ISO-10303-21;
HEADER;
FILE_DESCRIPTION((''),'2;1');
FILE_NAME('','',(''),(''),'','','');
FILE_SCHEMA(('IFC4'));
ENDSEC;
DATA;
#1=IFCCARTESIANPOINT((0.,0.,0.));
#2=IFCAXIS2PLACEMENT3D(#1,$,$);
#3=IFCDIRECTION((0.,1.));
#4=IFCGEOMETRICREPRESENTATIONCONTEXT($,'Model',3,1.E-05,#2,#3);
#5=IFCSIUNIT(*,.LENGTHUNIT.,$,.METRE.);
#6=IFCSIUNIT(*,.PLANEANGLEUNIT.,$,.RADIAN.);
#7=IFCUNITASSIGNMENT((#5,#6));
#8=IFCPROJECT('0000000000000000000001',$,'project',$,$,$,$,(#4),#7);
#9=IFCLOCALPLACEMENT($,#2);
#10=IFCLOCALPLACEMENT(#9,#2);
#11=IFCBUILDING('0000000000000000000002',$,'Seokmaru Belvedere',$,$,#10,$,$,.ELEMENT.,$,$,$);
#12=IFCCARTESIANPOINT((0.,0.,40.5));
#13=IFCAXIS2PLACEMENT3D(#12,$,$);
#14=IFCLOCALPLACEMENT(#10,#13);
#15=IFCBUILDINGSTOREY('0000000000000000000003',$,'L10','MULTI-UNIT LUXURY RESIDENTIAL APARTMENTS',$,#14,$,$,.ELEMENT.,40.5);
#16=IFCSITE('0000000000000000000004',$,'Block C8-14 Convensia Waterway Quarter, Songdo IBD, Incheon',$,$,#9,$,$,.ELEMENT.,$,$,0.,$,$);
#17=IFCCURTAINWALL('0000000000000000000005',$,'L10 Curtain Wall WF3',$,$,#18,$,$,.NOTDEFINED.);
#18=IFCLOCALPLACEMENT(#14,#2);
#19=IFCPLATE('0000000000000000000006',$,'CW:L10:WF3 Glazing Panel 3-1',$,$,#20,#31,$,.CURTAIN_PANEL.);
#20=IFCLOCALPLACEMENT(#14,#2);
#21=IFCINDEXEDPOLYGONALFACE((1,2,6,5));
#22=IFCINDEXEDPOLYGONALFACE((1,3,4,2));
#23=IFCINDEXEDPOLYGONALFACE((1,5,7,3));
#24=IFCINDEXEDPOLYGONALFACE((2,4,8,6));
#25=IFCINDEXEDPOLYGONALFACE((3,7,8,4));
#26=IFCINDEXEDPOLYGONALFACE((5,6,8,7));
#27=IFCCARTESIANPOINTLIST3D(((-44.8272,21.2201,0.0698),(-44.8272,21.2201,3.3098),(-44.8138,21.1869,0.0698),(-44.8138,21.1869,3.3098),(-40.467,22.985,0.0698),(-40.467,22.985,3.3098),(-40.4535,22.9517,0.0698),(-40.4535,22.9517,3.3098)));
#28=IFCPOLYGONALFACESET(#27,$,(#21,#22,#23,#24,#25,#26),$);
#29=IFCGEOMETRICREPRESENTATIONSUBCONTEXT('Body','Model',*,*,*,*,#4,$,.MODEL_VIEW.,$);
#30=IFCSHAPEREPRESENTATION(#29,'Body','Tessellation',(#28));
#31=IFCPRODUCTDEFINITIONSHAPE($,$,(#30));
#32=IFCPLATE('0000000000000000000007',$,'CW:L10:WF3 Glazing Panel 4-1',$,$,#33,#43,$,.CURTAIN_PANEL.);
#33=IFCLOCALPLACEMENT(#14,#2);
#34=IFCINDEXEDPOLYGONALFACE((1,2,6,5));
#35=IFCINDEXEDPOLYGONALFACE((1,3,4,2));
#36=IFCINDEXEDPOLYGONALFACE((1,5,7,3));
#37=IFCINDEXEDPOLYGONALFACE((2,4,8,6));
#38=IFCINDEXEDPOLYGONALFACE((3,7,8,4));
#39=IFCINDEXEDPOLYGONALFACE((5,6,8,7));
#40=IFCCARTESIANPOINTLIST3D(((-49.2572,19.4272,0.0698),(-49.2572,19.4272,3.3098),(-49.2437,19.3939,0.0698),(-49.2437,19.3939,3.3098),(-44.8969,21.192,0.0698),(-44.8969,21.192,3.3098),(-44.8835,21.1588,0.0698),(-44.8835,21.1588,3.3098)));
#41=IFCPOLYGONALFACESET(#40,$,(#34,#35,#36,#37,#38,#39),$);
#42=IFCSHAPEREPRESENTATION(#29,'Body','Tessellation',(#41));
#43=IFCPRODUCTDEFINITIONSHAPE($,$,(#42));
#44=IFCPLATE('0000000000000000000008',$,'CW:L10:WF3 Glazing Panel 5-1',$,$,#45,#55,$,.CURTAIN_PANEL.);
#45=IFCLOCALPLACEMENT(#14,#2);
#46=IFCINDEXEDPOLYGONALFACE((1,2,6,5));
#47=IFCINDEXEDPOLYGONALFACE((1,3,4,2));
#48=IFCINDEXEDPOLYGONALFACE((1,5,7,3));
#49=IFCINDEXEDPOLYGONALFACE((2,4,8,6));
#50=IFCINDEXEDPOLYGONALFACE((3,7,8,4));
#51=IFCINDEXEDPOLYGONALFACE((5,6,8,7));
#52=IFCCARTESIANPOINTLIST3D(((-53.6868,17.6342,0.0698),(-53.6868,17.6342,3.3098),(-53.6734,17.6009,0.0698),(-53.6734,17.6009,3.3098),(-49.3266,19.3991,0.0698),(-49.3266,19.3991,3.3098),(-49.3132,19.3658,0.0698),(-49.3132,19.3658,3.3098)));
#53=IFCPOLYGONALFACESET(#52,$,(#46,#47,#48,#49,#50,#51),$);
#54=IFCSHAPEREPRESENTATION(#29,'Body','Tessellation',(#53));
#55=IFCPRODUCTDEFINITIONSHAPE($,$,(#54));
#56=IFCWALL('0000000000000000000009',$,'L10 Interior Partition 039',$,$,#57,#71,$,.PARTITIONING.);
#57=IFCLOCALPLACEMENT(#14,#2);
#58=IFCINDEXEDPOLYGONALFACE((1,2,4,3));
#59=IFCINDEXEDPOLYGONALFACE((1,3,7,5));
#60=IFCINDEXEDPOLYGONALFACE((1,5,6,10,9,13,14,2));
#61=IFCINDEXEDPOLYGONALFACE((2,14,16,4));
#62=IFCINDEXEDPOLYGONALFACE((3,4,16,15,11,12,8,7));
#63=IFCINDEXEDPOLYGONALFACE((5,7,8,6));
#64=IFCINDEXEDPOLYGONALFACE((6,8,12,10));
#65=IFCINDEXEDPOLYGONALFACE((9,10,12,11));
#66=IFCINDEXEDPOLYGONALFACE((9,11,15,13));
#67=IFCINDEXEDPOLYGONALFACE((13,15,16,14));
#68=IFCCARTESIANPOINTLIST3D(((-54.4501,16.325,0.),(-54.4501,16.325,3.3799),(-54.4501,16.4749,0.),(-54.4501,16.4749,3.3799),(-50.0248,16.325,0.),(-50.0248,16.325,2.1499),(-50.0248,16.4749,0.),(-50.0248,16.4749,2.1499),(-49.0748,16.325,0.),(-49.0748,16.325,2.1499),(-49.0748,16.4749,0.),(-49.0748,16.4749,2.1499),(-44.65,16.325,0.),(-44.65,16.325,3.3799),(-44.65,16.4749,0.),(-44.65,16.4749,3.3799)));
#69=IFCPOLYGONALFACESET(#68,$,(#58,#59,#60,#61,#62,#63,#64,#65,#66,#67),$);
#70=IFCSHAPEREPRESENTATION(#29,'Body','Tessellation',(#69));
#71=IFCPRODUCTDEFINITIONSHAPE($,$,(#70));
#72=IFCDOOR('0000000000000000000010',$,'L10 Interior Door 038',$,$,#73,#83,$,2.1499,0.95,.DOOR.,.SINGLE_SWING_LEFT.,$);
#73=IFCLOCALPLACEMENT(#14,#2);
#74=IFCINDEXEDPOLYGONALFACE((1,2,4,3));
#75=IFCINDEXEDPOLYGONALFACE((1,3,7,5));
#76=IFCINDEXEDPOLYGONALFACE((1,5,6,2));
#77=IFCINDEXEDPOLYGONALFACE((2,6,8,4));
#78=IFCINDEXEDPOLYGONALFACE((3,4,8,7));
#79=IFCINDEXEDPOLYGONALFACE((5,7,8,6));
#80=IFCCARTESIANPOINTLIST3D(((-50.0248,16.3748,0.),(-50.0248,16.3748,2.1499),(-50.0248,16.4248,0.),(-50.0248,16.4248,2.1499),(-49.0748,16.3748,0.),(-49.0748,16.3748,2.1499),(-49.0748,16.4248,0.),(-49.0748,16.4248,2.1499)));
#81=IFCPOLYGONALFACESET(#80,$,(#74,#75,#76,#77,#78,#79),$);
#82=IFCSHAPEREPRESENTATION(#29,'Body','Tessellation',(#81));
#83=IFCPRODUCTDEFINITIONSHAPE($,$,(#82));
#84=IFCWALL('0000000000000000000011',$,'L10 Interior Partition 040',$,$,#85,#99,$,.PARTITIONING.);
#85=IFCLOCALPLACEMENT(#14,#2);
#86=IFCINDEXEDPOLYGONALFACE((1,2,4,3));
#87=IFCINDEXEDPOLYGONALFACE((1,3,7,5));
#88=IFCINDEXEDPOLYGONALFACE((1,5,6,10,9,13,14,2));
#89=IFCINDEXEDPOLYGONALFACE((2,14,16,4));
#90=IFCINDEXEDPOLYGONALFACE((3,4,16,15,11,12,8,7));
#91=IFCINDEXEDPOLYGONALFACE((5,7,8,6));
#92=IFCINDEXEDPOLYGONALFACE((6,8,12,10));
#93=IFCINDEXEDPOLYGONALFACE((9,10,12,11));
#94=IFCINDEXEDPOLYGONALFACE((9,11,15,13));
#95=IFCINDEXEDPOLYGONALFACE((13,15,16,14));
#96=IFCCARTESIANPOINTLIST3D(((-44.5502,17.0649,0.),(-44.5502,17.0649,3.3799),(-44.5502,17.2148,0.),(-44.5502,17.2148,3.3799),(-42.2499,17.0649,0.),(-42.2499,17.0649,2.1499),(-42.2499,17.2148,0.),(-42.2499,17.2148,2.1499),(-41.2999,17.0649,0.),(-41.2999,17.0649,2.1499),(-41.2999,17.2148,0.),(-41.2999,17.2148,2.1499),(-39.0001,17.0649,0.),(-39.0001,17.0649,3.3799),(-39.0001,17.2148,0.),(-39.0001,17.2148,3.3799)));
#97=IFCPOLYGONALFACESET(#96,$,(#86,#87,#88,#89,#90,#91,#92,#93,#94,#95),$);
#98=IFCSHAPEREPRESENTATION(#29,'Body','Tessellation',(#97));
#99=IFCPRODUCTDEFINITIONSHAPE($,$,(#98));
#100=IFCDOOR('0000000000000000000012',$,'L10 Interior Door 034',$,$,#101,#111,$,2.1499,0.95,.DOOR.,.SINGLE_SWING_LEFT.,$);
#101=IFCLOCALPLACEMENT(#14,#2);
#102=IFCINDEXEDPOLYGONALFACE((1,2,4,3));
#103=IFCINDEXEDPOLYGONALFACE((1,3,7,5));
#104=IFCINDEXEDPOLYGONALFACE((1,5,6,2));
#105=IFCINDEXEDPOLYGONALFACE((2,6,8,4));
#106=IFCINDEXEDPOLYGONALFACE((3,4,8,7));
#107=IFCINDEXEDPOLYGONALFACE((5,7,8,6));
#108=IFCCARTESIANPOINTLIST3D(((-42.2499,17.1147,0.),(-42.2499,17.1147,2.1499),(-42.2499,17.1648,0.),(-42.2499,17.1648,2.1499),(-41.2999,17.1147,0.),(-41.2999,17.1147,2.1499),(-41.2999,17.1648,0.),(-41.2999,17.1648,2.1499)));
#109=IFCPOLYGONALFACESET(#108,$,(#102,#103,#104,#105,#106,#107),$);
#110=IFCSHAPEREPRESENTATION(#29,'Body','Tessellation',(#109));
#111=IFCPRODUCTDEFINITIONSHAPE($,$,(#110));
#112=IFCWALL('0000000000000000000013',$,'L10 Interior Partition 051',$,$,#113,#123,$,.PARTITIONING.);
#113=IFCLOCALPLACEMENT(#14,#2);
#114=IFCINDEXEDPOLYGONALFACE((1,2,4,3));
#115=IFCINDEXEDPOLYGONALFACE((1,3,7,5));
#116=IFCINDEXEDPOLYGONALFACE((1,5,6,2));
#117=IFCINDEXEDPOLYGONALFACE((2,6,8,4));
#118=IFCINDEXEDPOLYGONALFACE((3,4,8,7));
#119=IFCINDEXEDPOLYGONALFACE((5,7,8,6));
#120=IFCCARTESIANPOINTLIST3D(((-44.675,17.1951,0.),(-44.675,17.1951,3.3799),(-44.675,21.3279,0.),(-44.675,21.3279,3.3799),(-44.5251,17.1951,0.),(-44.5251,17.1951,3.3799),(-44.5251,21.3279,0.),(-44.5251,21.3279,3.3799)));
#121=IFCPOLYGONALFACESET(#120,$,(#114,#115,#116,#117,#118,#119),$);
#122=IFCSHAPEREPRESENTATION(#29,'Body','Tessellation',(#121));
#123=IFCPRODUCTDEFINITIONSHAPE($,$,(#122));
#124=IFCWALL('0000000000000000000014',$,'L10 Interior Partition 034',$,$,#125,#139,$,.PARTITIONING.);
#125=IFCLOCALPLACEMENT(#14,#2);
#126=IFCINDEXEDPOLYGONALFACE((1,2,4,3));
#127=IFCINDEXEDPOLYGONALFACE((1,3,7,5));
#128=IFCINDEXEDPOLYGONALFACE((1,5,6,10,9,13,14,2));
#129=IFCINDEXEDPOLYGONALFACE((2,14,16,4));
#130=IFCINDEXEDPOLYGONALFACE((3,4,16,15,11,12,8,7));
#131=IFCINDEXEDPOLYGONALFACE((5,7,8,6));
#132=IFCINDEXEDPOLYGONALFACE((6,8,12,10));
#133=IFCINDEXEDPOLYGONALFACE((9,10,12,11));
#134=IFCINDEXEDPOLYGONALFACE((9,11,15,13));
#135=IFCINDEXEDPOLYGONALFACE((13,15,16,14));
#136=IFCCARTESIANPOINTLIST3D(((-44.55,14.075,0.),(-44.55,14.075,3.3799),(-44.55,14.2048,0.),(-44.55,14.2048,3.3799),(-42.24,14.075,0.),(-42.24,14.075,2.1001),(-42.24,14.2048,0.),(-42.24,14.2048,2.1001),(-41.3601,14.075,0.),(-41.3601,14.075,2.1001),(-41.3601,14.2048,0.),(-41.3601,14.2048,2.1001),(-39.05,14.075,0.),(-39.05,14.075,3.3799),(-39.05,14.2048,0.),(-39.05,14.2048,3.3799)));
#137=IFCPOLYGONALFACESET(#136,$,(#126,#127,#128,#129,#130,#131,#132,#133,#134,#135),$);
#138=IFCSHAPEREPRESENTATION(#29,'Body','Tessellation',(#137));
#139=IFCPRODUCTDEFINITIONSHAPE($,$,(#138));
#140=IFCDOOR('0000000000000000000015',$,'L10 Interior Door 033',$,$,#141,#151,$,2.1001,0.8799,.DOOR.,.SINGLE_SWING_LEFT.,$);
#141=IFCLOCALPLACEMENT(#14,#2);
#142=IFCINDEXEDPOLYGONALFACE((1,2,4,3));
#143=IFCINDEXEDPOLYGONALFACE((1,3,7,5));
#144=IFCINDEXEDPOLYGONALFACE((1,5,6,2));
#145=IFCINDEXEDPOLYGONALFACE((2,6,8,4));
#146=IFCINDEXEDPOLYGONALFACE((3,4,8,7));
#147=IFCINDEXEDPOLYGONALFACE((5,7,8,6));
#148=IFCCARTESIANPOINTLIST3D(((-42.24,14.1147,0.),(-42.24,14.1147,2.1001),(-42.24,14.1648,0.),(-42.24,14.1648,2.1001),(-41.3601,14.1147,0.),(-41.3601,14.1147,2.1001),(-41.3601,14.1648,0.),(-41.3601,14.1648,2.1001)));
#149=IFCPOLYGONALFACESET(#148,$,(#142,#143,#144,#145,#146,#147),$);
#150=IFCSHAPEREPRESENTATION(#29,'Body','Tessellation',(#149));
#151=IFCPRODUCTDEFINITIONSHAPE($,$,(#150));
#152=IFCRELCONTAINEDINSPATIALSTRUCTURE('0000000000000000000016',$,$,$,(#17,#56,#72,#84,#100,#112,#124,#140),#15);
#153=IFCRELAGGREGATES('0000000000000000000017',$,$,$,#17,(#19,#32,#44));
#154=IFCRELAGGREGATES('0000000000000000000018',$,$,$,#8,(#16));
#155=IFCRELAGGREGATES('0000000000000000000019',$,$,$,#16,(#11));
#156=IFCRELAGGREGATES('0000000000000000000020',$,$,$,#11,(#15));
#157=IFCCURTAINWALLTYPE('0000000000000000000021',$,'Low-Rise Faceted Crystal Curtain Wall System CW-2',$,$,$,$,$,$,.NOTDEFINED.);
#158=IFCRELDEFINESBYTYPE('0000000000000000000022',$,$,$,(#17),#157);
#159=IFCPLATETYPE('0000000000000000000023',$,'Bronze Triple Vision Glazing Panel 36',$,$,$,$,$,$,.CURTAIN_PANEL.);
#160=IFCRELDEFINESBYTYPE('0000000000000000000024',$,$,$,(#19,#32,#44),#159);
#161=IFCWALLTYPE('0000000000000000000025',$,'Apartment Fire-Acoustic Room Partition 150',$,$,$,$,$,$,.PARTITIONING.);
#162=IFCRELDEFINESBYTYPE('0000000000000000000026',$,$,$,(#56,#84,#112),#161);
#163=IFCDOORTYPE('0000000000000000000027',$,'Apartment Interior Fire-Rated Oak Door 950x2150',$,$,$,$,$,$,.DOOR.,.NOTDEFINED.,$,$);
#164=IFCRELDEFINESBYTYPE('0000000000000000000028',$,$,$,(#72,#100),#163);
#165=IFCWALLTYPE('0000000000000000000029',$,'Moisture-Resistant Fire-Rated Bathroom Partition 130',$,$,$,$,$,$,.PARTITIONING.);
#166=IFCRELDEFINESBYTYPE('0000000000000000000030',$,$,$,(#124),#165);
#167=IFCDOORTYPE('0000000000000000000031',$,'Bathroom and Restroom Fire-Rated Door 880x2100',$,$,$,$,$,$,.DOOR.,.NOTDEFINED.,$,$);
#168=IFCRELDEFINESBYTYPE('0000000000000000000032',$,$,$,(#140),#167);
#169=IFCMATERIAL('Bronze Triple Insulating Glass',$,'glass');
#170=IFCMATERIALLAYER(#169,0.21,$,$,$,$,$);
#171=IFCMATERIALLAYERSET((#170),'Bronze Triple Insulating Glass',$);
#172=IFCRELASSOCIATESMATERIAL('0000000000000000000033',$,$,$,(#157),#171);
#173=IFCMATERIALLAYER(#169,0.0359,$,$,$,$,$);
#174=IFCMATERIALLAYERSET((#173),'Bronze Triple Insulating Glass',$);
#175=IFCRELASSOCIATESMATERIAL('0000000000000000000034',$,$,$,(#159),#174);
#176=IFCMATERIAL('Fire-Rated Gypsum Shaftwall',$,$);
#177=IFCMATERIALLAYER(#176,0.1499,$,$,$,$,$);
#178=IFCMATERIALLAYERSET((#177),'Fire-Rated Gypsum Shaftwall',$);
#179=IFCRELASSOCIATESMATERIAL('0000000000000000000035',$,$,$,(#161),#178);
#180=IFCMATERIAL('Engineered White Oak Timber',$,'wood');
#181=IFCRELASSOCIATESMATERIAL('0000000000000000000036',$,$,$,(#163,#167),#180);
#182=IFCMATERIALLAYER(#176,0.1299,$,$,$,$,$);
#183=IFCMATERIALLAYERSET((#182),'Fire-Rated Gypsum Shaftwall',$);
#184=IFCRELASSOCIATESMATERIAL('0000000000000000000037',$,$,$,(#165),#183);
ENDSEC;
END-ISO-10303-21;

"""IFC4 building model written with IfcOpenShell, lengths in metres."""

from ifc_helpers import new_model, si_unit, direction, frame, frame_2d, origin, origin_2d, place, context, subcontext, project, spatial, rectangle, extrude, source, transform, mapped, material, layer, layer_set, type_object, type_shapes, element, fill, aggregate, save


model = new_model("IFC4")

# Units and contexts
model_context = context("Model", 3, precision=1e-05, world=origin(), true_north=direction((0.0, 1.0)))
body_context = subcontext(model_context, "Body", "Model", "MODEL_VIEW")
ifc_project = project(units=[si_unit("LENGTHUNIT", "METRE"), si_unit("PLANEANGLEUNIT", "RADIAN")], contexts=[model_context])

# Site, building, storey
site_placement = place(None, origin())
site = spatial("IfcSite", under=ifc_project, at=site_placement, Name="Block C8-14 Convensia Waterway Quarter, Songdo IBD, Incheon", CompositionType="ELEMENT", RefElevation=0.0)
building_placement = place(site_placement, origin())
building = spatial("IfcBuilding", under=site, at=building_placement, Name="Seokmaru Belvedere", CompositionType="ELEMENT")
storey_placement = place(building_placement, frame((0.0, 0.0, 40.5)))
storey = spatial("IfcBuildingStorey", under=building, at=storey_placement, Name="L10", Description="MULTI-UNIT LUXURY RESIDENTIAL APARTMENTS", CompositionType="ELEMENT", Elevation=40.5)

# Curtain wall, plates
ifc_material_1 = material(Name="Bronze Triple Insulating Glass", Category="glass")
ifc_layer_1 = layer(ifc_material_1, 0.21)
ifc_layer_set_1 = layer_set([ifc_layer_1], Name="Bronze Triple Insulating Glass")
curtain_wall_type = type_object("IfcCurtainWallType", Name="Low-Rise Faceted Crystal Curtain Wall System CW-2", PredefinedType="NOTDEFINED", material=ifc_layer_set_1)
curtain_wall_placement = place(storey_placement, origin())
curtain_wall = element("IfcCurtainWall", 1, at=curtain_wall_placement, inside=storey, type_object=curtain_wall_type, Name="L10 Curtain Wall WF3", PredefinedType="NOTDEFINED")
ifc_layer_2 = layer(ifc_material_1, 0.0359)
ifc_layer_set_2 = layer_set([ifc_layer_2], Name="Bronze Triple Insulating Glass")
plate_type = type_object("IfcPlateType", Name="Bronze Triple Vision Glazing Panel 36", PredefinedType="CURTAIN_PANEL", material=ifc_layer_set_2)
shared_shape_1 = source(origin(), body_context, "Body", "SweptSolid", [
    extrude(rectangle(XDim=4.7039, YDim=0.0359, at=origin_2d()), origin(), (0.0, 0.0, 1.0), 3.24),
])
type_shapes(plate_type, [shared_shape_1])
plate_1_placement = place(storey_placement, frame((-42.6404, 22.0859, 0.0698), z_axis=(0.0, 0.0, 1.0), x_axis=(-0.926947, -0.375192, 0.0)))
plate_1 = element("IfcPlate", 2, at=plate_1_placement, type_object=plate_type, Name="CW:L10:WF3 Glazing Panel 3-1", PredefinedType="CURTAIN_PANEL", context=body_context, shape_type="MappedRepresentation", body=[
    mapped(shared_shape_1, transform((0.0, 0.0, 0.0), scale=1.0)),
])
plate_2_placement = place(storey_placement, frame((-47.0703, 20.293, 0.0698), z_axis=(0.0, 0.0, 1.0), x_axis=(-0.926947, -0.375192, 0.0)))
plate_2 = element("IfcPlate", 3, at=plate_2_placement, type_object=plate_type, Name="CW:L10:WF3 Glazing Panel 4-1", PredefinedType="CURTAIN_PANEL", context=body_context, shape_type="MappedRepresentation", body=[
    mapped(shared_shape_1, transform((0.0, 0.0, 0.0), scale=1.0)),
])
plate_3_placement = place(storey_placement, frame((-51.5, 18.5, 0.0698), z_axis=(0.0, 0.0, 1.0), x_axis=(-0.926947, -0.375192, 0.0)))
plate_3 = element("IfcPlate", 4, at=plate_3_placement, type_object=plate_type, Name="CW:L10:WF3 Glazing Panel 5-1", PredefinedType="CURTAIN_PANEL", context=body_context, shape_type="MappedRepresentation", body=[
    mapped(shared_shape_1, transform((0.0, 0.0, 0.0), scale=1.0)),
])
aggregate(curtain_wall, [plate_1, plate_2, plate_3])

# Walls, openings, doors
ifc_material_2 = material(Name="Fire-Rated Gypsum Shaftwall")
ifc_layer_3 = layer(ifc_material_2, 0.1499)
ifc_layer_set_3 = layer_set([ifc_layer_3], Name="Fire-Rated Gypsum Shaftwall")
wall_type_1 = type_object("IfcWallType", Name="Apartment Fire-Acoustic Room Partition 150", PredefinedType="PARTITIONING", material=ifc_layer_set_3)
wall_1_placement = place(storey_placement, frame((-54.45, 16.3999, 0.0), z_axis=(0.0, 0.0, 1.0), x_axis=(1.0, 0.0, 0.0)))
wall_1 = element("IfcWall", 5, at=wall_1_placement, inside=storey, type_object=wall_type_1, Name="L10 Interior Partition 039", PredefinedType="PARTITIONING", context=body_context, shape_type="SweptSolid", body=[
    extrude(rectangle(XDim=9.8, YDim=0.1499, at=frame_2d((4.8999, 0.0))), origin(), (0.0, 0.0, 1.0), 3.3799),
])
opening_1_placement = place(wall_1_placement, frame((4.425, 0.0, 0.0)))
opening_1 = element("IfcOpeningElement", 6, at=opening_1_placement, cuts=wall_1, PredefinedType="OPENING", context=body_context, shape_type="SweptSolid", body=[
    extrude(rectangle(XDim=0.95, YDim=2.1499, at=frame_2d((0.4751, 1.075))), frame((0.0, 0.085, 0.0), z_axis=(0.0, -1.0, 0.0), x_axis=(1.0, 0.0, 0.0)), (0.0, 0.0, 1.0), 0.1699),
])
ifc_material_3 = material(Name="Engineered White Oak Timber", Category="wood")
door_type_1 = type_object("IfcDoorType", Name="Apartment Interior Fire-Rated Oak Door 950x2150", OperationType="NOTDEFINED", PredefinedType="DOOR", material=ifc_material_3)
shared_shape_2 = source(origin(), body_context, "Body", "SweptSolid", [
    extrude(rectangle(XDim=0.95, YDim=2.1499, at=frame_2d((0.4751, 1.075))), frame((0.0, 0.0249, 0.0), z_axis=(0.0, -1.0, 0.0), x_axis=(1.0, 0.0, 0.0)), (0.0, 0.0, 1.0), 0.05),
])
type_shapes(door_type_1, [shared_shape_2])
door_1_placement = place(opening_1_placement, origin())
door_1 = element("IfcDoor", 7, at=door_1_placement, inside=storey, type_object=door_type_1, Name="L10 Interior Door 038", OperationType="SINGLE_SWING_LEFT", OverallHeight=2.1499, OverallWidth=0.95, PredefinedType="DOOR", context=body_context, shape_type="MappedRepresentation", body=[
    mapped(shared_shape_2, transform((0.0, 0.0, 0.0), scale=1.0)),
])
fill(opening_1, door_1)
wall_2_placement = place(storey_placement, frame((-44.55, 17.1399, 0.0), z_axis=(0.0, 0.0, 1.0), x_axis=(1.0, 0.0, 0.0)))
wall_2 = element("IfcWall", 8, at=wall_2_placement, inside=storey, type_object=wall_type_1, Name="L10 Interior Partition 040", PredefinedType="PARTITIONING", context=body_context, shape_type="SweptSolid", body=[
    extrude(rectangle(XDim=5.55, YDim=0.1499, at=frame_2d((2.7749, 0.0))), origin(), (0.0, 0.0, 1.0), 3.3799),
])
opening_2_placement = place(wall_2_placement, frame((2.3, 0.0, 0.0)))
opening_2 = element("IfcOpeningElement", 9, at=opening_2_placement, cuts=wall_2, PredefinedType="OPENING", context=body_context, shape_type="SweptSolid", body=[
    extrude(rectangle(XDim=0.95, YDim=2.1499, at=frame_2d((0.4751, 1.075))), frame((0.0, 0.085, 0.0), z_axis=(0.0, -1.0, 0.0), x_axis=(1.0, 0.0, 0.0)), (0.0, 0.0, 1.0), 0.1699),
])
door_2_placement = place(opening_2_placement, origin())
door_2 = element("IfcDoor", 10, at=door_2_placement, inside=storey, type_object=door_type_1, Name="L10 Interior Door 034", OperationType="SINGLE_SWING_LEFT", OverallHeight=2.1499, OverallWidth=0.95, PredefinedType="DOOR", context=body_context, shape_type="MappedRepresentation", body=[
    mapped(shared_shape_2, transform((0.0, 0.0, 0.0), scale=1.0)),
])
fill(opening_2, door_2)

# Wall
wall_3_placement = place(storey_placement, frame((-44.6001, 17.1951, 0.0), z_axis=(0.0, 0.0, 1.0), x_axis=(0.0, 1.0, 0.0)))
element("IfcWall", 11, at=wall_3_placement, inside=storey, type_object=wall_type_1, Name="L10 Interior Partition 051", PredefinedType="PARTITIONING", context=body_context, shape_type="SweptSolid", body=[
    extrude(rectangle(XDim=4.1328, YDim=0.1499, at=frame_2d((2.0664, 0.0))), origin(), (0.0, 0.0, 1.0), 3.3799),
])

# Wall, opening, door
ifc_layer_4 = layer(ifc_material_2, 0.1299)
ifc_layer_set_4 = layer_set([ifc_layer_4], Name="Fire-Rated Gypsum Shaftwall")
wall_type_2 = type_object("IfcWallType", Name="Moisture-Resistant Fire-Rated Bathroom Partition 130", PredefinedType="PARTITIONING", material=ifc_layer_set_4)
wall_4_placement = place(storey_placement, frame((-44.55, 14.1399, 0.0), z_axis=(0.0, 0.0, 1.0), x_axis=(1.0, 0.0, 0.0)))
wall_4 = element("IfcWall", 12, at=wall_4_placement, inside=storey, type_object=wall_type_2, Name="L10 Interior Partition 034", PredefinedType="PARTITIONING", context=body_context, shape_type="SweptSolid", body=[
    extrude(rectangle(XDim=5.5, YDim=0.1299, at=frame_2d((2.75, 0.0))), origin(), (0.0, 0.0, 1.0), 3.3799),
])
opening_3_placement = place(wall_4_placement, frame((2.3101, 0.0, 0.0)))
opening_3 = element("IfcOpeningElement", 13, at=opening_3_placement, cuts=wall_4, PredefinedType="OPENING", context=body_context, shape_type="SweptSolid", body=[
    extrude(rectangle(XDim=0.8799, YDim=2.1001, at=frame_2d((0.4399, 1.05))), frame((0.0, 0.075, 0.0), z_axis=(0.0, -1.0, 0.0), x_axis=(1.0, 0.0, 0.0)), (0.0, 0.0, 1.0), 0.1499),
])
door_type_2 = type_object("IfcDoorType", Name="Bathroom and Restroom Fire-Rated Door 880x2100", OperationType="NOTDEFINED", PredefinedType="DOOR", material=ifc_material_3)
shared_shape_3 = source(origin(), body_context, "Body", "SweptSolid", [
    extrude(rectangle(XDim=0.8799, YDim=2.1001, at=frame_2d((0.4399, 1.05))), frame((0.0, 0.0249, 0.0), z_axis=(0.0, -1.0, 0.0), x_axis=(1.0, 0.0, 0.0)), (0.0, 0.0, 1.0), 0.05),
])
type_shapes(door_type_2, [shared_shape_3])
door_3_placement = place(opening_3_placement, origin())
door_3 = element("IfcDoor", 14, at=door_3_placement, inside=storey, type_object=door_type_2, Name="L10 Interior Door 033", OperationType="SINGLE_SWING_LEFT", OverallHeight=2.1001, OverallWidth=0.8799, PredefinedType="DOOR", context=body_context, shape_type="MappedRepresentation", body=[
    mapped(shared_shape_3, transform((0.0, 0.0, 0.0), scale=1.0)),
])
fill(opening_3, door_3)

save(model, "model.ifc")
